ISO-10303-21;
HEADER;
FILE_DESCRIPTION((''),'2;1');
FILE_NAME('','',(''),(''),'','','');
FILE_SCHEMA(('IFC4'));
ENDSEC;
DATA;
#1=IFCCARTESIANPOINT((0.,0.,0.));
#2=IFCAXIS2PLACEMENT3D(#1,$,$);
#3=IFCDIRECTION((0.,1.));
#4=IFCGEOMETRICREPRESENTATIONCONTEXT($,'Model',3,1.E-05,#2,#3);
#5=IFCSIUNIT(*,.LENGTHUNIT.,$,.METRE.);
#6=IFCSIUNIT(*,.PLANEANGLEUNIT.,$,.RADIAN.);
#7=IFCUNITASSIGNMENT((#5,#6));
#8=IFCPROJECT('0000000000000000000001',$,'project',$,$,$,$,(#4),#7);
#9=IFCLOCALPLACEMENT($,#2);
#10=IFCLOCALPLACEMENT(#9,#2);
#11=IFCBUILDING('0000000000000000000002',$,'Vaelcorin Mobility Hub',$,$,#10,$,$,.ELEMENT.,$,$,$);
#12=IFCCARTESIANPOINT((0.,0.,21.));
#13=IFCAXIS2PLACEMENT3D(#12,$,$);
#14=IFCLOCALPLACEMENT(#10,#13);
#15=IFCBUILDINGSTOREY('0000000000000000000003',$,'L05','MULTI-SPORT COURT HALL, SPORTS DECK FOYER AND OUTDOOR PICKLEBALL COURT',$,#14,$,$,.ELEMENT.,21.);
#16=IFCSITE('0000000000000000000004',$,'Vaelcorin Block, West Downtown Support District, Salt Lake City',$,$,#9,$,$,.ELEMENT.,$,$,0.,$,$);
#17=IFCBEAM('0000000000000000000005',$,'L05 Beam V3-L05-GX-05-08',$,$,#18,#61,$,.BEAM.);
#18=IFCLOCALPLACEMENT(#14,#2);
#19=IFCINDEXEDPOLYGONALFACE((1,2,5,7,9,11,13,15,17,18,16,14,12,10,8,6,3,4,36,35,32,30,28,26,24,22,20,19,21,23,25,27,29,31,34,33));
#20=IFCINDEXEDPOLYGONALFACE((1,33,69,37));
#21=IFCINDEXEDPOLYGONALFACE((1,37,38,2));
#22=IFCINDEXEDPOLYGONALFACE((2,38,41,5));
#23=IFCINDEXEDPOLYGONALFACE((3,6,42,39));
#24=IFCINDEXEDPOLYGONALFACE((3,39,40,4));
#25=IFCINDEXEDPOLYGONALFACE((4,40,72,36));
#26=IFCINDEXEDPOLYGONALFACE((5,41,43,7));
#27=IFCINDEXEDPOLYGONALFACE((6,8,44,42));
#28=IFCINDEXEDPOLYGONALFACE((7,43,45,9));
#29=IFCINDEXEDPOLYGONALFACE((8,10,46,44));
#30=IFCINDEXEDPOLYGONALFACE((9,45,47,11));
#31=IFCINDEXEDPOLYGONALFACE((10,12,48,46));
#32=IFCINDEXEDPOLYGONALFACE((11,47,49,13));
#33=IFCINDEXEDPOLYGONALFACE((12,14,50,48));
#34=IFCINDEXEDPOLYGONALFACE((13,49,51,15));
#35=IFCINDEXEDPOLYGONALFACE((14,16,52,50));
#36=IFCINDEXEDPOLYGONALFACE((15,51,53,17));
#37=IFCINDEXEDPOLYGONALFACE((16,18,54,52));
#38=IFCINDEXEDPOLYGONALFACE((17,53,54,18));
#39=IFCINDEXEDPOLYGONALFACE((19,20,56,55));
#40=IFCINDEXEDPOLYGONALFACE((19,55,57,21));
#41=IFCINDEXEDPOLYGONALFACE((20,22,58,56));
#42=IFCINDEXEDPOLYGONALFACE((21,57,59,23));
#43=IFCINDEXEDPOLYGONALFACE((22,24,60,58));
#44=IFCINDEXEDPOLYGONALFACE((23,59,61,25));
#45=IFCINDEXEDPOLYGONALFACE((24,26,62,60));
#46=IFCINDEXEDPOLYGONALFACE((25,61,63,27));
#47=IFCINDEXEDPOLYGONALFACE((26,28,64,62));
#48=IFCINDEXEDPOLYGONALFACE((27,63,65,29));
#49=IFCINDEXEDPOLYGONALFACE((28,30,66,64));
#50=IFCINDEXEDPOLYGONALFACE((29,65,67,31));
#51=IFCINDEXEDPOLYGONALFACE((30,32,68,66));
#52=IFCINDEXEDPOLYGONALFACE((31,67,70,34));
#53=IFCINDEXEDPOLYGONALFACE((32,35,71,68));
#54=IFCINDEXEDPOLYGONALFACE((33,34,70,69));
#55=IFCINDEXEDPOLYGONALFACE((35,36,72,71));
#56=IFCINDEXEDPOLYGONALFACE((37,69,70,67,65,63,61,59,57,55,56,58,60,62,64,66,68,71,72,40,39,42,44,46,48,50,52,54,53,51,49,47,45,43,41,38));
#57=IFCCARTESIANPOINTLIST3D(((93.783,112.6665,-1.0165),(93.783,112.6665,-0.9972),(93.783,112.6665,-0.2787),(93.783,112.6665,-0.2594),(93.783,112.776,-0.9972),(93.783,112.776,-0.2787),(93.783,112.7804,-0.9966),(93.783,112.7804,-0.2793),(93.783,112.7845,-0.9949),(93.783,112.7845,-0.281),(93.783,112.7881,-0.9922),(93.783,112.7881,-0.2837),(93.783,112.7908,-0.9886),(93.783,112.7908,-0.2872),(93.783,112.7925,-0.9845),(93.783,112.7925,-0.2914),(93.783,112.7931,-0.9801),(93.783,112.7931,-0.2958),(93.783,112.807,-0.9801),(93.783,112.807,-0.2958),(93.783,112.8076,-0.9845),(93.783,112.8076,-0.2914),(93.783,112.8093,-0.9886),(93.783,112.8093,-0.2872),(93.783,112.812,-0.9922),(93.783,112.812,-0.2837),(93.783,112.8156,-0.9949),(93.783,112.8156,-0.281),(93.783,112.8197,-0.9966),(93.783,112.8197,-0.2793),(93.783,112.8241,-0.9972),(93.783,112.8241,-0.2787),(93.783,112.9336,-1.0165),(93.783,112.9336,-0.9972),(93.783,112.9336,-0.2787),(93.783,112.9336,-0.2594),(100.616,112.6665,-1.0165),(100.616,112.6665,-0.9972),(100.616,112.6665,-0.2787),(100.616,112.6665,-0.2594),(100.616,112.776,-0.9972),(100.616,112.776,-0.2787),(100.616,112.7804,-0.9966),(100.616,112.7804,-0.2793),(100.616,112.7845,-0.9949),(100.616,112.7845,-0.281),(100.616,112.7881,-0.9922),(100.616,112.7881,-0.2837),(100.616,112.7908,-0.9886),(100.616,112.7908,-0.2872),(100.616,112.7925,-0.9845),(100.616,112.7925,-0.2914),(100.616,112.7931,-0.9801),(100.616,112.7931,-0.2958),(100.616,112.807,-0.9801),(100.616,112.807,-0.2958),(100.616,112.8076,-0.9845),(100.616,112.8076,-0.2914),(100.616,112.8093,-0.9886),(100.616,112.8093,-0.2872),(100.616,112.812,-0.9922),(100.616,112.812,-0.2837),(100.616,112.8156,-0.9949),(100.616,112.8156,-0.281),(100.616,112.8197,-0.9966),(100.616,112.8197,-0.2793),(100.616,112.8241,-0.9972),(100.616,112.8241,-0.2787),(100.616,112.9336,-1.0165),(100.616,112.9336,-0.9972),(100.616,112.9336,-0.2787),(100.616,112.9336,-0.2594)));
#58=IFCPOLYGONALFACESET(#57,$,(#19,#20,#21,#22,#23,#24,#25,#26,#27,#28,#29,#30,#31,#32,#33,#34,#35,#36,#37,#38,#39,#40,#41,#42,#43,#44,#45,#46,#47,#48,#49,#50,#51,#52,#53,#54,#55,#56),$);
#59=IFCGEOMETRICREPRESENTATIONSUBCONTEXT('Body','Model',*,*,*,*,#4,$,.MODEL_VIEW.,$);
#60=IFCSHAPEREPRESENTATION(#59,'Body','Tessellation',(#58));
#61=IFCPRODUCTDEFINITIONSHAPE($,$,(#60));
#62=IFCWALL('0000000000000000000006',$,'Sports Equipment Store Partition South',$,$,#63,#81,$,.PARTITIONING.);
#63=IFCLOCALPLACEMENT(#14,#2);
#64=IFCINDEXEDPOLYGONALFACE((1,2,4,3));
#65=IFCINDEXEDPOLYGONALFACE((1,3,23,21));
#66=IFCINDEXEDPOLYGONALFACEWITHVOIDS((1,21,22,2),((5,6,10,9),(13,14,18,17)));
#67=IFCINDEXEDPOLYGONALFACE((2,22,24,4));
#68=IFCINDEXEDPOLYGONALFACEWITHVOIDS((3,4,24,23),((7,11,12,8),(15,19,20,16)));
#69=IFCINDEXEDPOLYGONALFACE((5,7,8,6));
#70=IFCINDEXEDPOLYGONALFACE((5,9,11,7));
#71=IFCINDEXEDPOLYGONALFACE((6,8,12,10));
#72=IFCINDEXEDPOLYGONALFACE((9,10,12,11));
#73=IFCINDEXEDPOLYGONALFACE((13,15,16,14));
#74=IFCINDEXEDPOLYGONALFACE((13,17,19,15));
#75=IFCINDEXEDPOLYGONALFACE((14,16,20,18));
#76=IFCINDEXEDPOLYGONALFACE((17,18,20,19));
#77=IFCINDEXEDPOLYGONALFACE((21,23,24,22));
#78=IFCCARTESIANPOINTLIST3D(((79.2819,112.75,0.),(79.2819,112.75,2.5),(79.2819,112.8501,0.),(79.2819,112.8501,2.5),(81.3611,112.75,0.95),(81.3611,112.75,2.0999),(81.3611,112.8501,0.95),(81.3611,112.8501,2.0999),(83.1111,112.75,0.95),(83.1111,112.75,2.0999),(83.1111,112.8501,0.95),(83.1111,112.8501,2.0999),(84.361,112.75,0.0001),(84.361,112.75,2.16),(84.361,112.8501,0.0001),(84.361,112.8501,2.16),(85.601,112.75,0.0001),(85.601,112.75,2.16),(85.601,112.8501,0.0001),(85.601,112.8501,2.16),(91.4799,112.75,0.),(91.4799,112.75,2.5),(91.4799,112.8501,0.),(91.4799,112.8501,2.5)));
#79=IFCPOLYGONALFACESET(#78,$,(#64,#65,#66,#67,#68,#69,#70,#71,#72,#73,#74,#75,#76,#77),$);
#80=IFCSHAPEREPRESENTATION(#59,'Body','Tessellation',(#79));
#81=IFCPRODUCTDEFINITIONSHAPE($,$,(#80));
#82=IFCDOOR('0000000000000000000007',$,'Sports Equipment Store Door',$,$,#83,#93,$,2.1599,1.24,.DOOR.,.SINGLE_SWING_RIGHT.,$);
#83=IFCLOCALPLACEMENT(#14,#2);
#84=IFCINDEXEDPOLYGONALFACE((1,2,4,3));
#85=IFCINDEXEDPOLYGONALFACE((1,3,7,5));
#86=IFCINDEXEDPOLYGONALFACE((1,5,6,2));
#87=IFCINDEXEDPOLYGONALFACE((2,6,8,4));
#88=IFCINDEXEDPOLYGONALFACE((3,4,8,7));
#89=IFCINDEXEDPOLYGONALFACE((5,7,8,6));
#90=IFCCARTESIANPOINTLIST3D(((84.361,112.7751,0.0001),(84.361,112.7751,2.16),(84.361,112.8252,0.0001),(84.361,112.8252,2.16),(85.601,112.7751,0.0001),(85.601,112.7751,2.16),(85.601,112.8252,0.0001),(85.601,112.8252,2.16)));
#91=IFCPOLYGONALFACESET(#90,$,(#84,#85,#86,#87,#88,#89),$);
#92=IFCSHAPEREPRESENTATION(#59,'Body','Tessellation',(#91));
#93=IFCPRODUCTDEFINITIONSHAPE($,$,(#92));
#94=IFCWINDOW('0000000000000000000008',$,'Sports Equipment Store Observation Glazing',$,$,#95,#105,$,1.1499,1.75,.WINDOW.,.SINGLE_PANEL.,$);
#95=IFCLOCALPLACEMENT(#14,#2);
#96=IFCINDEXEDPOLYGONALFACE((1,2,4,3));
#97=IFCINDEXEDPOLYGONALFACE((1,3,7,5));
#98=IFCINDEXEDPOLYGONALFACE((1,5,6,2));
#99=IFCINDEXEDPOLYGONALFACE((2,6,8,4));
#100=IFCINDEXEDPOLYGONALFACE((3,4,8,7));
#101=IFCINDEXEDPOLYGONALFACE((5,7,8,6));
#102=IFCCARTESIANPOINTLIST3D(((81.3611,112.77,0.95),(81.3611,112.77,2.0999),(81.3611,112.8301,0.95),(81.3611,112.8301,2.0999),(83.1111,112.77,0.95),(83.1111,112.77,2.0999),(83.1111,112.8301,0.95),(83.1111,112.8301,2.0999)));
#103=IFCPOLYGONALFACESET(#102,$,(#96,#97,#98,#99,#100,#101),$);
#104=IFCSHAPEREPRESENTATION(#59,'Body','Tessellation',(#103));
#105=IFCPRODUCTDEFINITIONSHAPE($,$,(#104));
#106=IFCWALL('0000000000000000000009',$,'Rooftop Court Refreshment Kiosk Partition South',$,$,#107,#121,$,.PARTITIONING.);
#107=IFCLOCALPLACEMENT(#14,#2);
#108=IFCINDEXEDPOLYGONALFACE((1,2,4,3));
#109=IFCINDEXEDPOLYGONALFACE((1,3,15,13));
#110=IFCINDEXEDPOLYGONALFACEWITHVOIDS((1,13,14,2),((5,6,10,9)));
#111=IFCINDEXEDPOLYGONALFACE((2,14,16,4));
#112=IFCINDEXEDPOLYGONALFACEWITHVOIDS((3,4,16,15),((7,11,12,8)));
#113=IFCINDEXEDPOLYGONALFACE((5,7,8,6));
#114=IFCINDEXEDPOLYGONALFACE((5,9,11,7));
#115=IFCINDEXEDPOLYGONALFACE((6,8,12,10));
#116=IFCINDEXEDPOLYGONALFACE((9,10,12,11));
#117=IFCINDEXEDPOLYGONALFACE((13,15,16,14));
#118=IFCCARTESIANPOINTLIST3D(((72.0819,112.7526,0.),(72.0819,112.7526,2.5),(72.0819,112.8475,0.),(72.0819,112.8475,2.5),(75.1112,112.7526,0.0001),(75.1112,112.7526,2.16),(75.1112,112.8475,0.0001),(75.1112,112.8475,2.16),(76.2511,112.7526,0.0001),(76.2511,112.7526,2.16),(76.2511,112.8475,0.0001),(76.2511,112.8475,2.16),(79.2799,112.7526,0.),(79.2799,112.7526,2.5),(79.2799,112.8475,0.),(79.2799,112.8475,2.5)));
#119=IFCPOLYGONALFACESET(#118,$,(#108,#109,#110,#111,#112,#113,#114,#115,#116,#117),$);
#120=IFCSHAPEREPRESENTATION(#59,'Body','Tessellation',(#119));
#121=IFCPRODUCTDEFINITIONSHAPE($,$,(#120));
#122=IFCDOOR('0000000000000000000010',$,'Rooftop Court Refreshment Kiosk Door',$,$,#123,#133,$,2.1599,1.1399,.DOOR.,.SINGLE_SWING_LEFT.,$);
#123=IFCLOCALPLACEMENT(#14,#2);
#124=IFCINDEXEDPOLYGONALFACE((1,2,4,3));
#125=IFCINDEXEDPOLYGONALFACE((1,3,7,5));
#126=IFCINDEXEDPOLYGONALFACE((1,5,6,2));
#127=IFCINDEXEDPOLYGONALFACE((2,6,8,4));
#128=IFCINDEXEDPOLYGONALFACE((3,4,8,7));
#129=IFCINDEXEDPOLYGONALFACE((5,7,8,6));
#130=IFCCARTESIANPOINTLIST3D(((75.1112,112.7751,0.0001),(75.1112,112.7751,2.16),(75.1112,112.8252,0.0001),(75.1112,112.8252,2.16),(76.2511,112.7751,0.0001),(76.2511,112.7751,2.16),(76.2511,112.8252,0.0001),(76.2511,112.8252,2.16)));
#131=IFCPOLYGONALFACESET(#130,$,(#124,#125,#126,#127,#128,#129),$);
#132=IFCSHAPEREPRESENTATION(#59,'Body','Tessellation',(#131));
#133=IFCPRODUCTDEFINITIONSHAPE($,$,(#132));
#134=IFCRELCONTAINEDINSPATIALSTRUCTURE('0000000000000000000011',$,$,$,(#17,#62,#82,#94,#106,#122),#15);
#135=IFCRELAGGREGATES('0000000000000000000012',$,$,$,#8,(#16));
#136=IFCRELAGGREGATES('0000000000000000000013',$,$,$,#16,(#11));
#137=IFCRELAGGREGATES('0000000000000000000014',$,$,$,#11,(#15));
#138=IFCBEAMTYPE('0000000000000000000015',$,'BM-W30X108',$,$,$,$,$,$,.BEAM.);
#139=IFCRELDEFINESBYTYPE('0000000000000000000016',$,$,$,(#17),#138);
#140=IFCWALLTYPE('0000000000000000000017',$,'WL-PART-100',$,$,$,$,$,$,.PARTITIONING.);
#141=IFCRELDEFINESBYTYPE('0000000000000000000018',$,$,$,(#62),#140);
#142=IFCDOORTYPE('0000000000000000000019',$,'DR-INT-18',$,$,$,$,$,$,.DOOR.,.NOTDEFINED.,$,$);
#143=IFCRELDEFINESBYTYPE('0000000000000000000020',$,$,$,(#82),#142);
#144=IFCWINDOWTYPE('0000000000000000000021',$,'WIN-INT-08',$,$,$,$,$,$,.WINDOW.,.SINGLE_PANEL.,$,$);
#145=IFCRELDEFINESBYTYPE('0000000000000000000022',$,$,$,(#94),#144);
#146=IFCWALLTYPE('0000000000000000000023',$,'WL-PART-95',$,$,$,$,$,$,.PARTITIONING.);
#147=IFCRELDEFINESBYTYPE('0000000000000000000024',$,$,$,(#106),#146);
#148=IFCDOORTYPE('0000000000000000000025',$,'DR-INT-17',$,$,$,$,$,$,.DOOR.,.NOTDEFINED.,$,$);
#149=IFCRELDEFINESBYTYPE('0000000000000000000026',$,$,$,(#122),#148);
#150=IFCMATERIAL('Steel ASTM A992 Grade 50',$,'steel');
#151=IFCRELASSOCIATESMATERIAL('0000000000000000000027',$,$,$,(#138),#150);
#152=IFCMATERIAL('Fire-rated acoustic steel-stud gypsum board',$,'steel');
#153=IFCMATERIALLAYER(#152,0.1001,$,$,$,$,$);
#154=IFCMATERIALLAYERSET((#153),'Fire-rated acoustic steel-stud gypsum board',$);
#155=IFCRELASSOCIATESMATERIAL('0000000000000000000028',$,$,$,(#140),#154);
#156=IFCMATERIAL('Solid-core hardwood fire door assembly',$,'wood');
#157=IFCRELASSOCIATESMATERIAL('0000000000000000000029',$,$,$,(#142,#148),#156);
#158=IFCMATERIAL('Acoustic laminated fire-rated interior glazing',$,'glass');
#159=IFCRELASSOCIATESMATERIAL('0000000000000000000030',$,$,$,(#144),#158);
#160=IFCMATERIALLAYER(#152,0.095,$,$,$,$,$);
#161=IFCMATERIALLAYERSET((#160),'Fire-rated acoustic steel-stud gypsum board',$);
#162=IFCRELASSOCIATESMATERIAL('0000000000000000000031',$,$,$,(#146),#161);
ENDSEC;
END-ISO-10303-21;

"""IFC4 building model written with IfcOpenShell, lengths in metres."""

from ifc_helpers import new_model, si_unit, direction, frame, frame_2d, origin, origin_2d, place, context, subcontext, project, spatial, rectangle, i_section, extrude, material, layer, layer_set, material_profile, profile_set, type_object, element, fill, save


model = new_model("IFC4")

# Units and contexts
model_context = context("Model", 3, precision=1e-05, world=origin(), true_north=direction((0.0, 1.0)))
body_context = subcontext(model_context, "Body", "Model", "MODEL_VIEW")
ifc_project = project(units=[si_unit("LENGTHUNIT", "METRE"), si_unit("PLANEANGLEUNIT", "RADIAN")], contexts=[model_context])

# Site, building, storey
site_placement = place(None, origin())
site = spatial("IfcSite", under=ifc_project, at=site_placement, Name="Vaelcorin Block, West Downtown Support District, Salt Lake City", CompositionType="ELEMENT", RefElevation=0.0)
building_placement = place(site_placement, origin())
building = spatial("IfcBuilding", under=site, at=building_placement, Name="Vaelcorin Mobility Hub", CompositionType="ELEMENT")
storey_placement = place(building_placement, frame((0.0, 0.0, 21.0)))
storey = spatial("IfcBuildingStorey", under=building, at=storey_placement, Name="L05", Description="MULTI-SPORT COURT HALL, SPORTS DECK FOYER AND OUTDOOR PICKLEBALL COURT", CompositionType="ELEMENT", Elevation=21.0)

# Shared definitions
ifc_material_1 = material(Name="Steel ASTM A992 Grade 50", Category="steel")

# Beam
ifc_material_profile_1 = material_profile(ifc_material_1, i_section(OverallWidth=0.2671, OverallDepth=0.7571, WebThickness=0.0139, FlangeThickness=0.0193, FilletRadius=0.0171, at=origin_2d()), Name="W30X108")
ifc_profile_set_1 = profile_set([ifc_material_profile_1], Name="Steel ASTM A992 Grade 50")
beam_type_1 = type_object("IfcBeamType", Name="BM-W30X108", PredefinedType="BEAM", material=ifc_profile_set_1)
beam_1_placement = place(storey_placement, frame((93.783, 112.8, -0.6379), z_axis=(1.0, 0.0, 0.0), x_axis=(0.0, 1.0, 0.0)))
element("IfcBeam", 1, at=beam_1_placement, inside=storey, type_object=beam_type_1, Name="L05 Beam V3-L05-GX-05-08", PredefinedType="BEAM", context=body_context, shape_type="SweptSolid", body=[
    extrude(i_section(OverallWidth=0.2671, OverallDepth=0.7571, WebThickness=0.0139, FlangeThickness=0.0193, FilletRadius=0.0171, at=origin_2d()), origin(), (0.0, 0.0, 1.0), 6.833),
])

# Wall, openings, door, window
ifc_material_2 = material(Name="Fire-rated acoustic steel-stud gypsum board", Category="steel")
ifc_layer_1 = layer(ifc_material_2, 0.1001)
ifc_layer_set_1 = layer_set([ifc_layer_1], Name="Fire-rated acoustic steel-stud gypsum board")
wall_type_1 = type_object("IfcWallType", Name="WL-PART-100", PredefinedType="PARTITIONING", material=ifc_layer_set_1)
wall_1_placement = place(storey_placement, frame((91.48, 112.8, 0.0), z_axis=(0.0, 0.0, 1.0), x_axis=(-1.0, 0.0, 0.0)))
wall_1 = element("IfcWall", 2, at=wall_1_placement, inside=storey, type_object=wall_type_1, Name="Sports Equipment Store Partition South", PredefinedType="PARTITIONING", context=body_context, shape_type="SweptSolid", body=[
    extrude(rectangle(XDim=12.198, YDim=0.1001, at=frame_2d((6.0991, 0.0))), origin(), (0.0, 0.0, 1.0), 2.5),
])
opening_1_placement = place(wall_1_placement, frame((5.8789, 0.0, 0.0)))
opening_1 = element("IfcOpeningElement", 3, at=opening_1_placement, cuts=wall_1, PredefinedType="OPENING", context=body_context, shape_type="SweptSolid", body=[
    extrude(rectangle(XDim=1.24, YDim=2.1599, at=frame_2d((0.6201, 1.0801))), frame((0.0, 0.0601, 0.0), z_axis=(0.0, -1.0, 0.0), x_axis=(1.0, 0.0, 0.0)), (0.0, 0.0, 1.0), 0.1201),
])
opening_2_placement = place(wall_1_placement, frame((8.3689, 0.0, 0.95)))
opening_2 = element("IfcOpeningElement", 4, at=opening_2_placement, cuts=wall_1, PredefinedType="OPENING", context=body_context, shape_type="SweptSolid", body=[
    extrude(rectangle(XDim=1.75, YDim=1.1499, at=frame_2d((0.875, 0.575))), frame((0.0, 0.0601, 0.0), z_axis=(0.0, -1.0, 0.0), x_axis=(1.0, 0.0, 0.0)), (0.0, 0.0, 1.0), 0.1201),
])
ifc_material_3 = material(Name="Solid-core hardwood fire door assembly", Category="wood")
door_type_1 = type_object("IfcDoorType", Name="DR-INT-18", OperationType="NOTDEFINED", PredefinedType="DOOR", material=ifc_material_3)
door_1_placement = place(opening_1_placement, origin())
door_1 = element("IfcDoor", 5, at=door_1_placement, inside=storey, type_object=door_type_1, Name="Sports Equipment Store Door", OperationType="SINGLE_SWING_RIGHT", OverallHeight=2.1599, OverallWidth=1.24, PredefinedType="DOOR", context=body_context, shape_type="SweptSolid", body=[
    extrude(rectangle(XDim=1.24, YDim=2.1599, at=frame_2d((0.6201, 1.0801))), frame((0.0, 0.0249, 0.0), z_axis=(0.0, -1.0, 0.0), x_axis=(1.0, 0.0, 0.0)), (0.0, 0.0, 1.0), 0.05),
])
fill(opening_1, door_1)
ifc_material_4 = material(Name="Acoustic laminated fire-rated interior glazing", Category="glass")
window_type = type_object("IfcWindowType", Name="WIN-INT-08", PartitioningType="SINGLE_PANEL", PredefinedType="WINDOW", material=ifc_material_4)
window_placement = place(opening_2_placement, origin())
window = element("IfcWindow", 6, at=window_placement, inside=storey, type_object=window_type, Name="Sports Equipment Store Observation Glazing", OverallHeight=1.1499, OverallWidth=1.75, PartitioningType="SINGLE_PANEL", PredefinedType="WINDOW", context=body_context, shape_type="SweptSolid", body=[
    extrude(rectangle(XDim=1.75, YDim=1.1499, at=frame_2d((0.875, 0.575))), frame((0.0, 0.03, 0.0), z_axis=(0.0, -1.0, 0.0), x_axis=(1.0, 0.0, 0.0)), (0.0, 0.0, 1.0), 0.0601),
])
fill(opening_2, window)

# Wall, opening, door
ifc_layer_2 = layer(ifc_material_2, 0.095)
ifc_layer_set_2 = layer_set([ifc_layer_2], Name="Fire-rated acoustic steel-stud gypsum board")
wall_type_2 = type_object("IfcWallType", Name="WL-PART-95", PredefinedType="PARTITIONING", material=ifc_layer_set_2)
wall_2_placement = place(storey_placement, frame((79.28, 112.8, 0.0), z_axis=(0.0, 0.0, 1.0), x_axis=(-1.0, 0.0, 0.0)))
wall_2 = element("IfcWall", 7, at=wall_2_placement, inside=storey, type_object=wall_type_2, Name="Rooftop Court Refreshment Kiosk Partition South", PredefinedType="PARTITIONING", context=body_context, shape_type="SweptSolid", body=[
    extrude(rectangle(XDim=7.198, YDim=0.095, at=frame_2d((3.5991, 0.0))), origin(), (0.0, 0.0, 1.0), 2.5),
])
opening_3_placement = place(wall_2_placement, frame((3.0291, 0.0, 0.0)))
opening_3 = element("IfcOpeningElement", 8, at=opening_3_placement, cuts=wall_2, PredefinedType="OPENING", context=body_context, shape_type="SweptSolid", body=[
    extrude(rectangle(XDim=1.1399, YDim=2.1599, at=frame_2d((0.5698, 1.0801))), frame((0.0, 0.0574, 0.0), z_axis=(0.0, -1.0, 0.0), x_axis=(1.0, 0.0, 0.0)), (0.0, 0.0, 1.0), 0.115),
])
door_type_2 = type_object("IfcDoorType", Name="DR-INT-17", OperationType="NOTDEFINED", PredefinedType="DOOR", material=ifc_material_3)
door_2_placement = place(opening_3_placement, origin())
door_2 = element("IfcDoor", 9, at=door_2_placement, inside=storey, type_object=door_type_2, Name="Rooftop Court Refreshment Kiosk Door", OperationType="SINGLE_SWING_LEFT", OverallHeight=2.1599, OverallWidth=1.1399, PredefinedType="DOOR", context=body_context, shape_type="SweptSolid", body=[
    extrude(rectangle(XDim=1.1399, YDim=2.1599, at=frame_2d((0.5698, 1.0801))), frame((0.0, 0.0249, 0.0), z_axis=(0.0, -1.0, 0.0), x_axis=(1.0, 0.0, 0.0)), (0.0, 0.0, 1.0), 0.05),
])
fill(opening_3, door_2)

save(model, "model.ifc")
